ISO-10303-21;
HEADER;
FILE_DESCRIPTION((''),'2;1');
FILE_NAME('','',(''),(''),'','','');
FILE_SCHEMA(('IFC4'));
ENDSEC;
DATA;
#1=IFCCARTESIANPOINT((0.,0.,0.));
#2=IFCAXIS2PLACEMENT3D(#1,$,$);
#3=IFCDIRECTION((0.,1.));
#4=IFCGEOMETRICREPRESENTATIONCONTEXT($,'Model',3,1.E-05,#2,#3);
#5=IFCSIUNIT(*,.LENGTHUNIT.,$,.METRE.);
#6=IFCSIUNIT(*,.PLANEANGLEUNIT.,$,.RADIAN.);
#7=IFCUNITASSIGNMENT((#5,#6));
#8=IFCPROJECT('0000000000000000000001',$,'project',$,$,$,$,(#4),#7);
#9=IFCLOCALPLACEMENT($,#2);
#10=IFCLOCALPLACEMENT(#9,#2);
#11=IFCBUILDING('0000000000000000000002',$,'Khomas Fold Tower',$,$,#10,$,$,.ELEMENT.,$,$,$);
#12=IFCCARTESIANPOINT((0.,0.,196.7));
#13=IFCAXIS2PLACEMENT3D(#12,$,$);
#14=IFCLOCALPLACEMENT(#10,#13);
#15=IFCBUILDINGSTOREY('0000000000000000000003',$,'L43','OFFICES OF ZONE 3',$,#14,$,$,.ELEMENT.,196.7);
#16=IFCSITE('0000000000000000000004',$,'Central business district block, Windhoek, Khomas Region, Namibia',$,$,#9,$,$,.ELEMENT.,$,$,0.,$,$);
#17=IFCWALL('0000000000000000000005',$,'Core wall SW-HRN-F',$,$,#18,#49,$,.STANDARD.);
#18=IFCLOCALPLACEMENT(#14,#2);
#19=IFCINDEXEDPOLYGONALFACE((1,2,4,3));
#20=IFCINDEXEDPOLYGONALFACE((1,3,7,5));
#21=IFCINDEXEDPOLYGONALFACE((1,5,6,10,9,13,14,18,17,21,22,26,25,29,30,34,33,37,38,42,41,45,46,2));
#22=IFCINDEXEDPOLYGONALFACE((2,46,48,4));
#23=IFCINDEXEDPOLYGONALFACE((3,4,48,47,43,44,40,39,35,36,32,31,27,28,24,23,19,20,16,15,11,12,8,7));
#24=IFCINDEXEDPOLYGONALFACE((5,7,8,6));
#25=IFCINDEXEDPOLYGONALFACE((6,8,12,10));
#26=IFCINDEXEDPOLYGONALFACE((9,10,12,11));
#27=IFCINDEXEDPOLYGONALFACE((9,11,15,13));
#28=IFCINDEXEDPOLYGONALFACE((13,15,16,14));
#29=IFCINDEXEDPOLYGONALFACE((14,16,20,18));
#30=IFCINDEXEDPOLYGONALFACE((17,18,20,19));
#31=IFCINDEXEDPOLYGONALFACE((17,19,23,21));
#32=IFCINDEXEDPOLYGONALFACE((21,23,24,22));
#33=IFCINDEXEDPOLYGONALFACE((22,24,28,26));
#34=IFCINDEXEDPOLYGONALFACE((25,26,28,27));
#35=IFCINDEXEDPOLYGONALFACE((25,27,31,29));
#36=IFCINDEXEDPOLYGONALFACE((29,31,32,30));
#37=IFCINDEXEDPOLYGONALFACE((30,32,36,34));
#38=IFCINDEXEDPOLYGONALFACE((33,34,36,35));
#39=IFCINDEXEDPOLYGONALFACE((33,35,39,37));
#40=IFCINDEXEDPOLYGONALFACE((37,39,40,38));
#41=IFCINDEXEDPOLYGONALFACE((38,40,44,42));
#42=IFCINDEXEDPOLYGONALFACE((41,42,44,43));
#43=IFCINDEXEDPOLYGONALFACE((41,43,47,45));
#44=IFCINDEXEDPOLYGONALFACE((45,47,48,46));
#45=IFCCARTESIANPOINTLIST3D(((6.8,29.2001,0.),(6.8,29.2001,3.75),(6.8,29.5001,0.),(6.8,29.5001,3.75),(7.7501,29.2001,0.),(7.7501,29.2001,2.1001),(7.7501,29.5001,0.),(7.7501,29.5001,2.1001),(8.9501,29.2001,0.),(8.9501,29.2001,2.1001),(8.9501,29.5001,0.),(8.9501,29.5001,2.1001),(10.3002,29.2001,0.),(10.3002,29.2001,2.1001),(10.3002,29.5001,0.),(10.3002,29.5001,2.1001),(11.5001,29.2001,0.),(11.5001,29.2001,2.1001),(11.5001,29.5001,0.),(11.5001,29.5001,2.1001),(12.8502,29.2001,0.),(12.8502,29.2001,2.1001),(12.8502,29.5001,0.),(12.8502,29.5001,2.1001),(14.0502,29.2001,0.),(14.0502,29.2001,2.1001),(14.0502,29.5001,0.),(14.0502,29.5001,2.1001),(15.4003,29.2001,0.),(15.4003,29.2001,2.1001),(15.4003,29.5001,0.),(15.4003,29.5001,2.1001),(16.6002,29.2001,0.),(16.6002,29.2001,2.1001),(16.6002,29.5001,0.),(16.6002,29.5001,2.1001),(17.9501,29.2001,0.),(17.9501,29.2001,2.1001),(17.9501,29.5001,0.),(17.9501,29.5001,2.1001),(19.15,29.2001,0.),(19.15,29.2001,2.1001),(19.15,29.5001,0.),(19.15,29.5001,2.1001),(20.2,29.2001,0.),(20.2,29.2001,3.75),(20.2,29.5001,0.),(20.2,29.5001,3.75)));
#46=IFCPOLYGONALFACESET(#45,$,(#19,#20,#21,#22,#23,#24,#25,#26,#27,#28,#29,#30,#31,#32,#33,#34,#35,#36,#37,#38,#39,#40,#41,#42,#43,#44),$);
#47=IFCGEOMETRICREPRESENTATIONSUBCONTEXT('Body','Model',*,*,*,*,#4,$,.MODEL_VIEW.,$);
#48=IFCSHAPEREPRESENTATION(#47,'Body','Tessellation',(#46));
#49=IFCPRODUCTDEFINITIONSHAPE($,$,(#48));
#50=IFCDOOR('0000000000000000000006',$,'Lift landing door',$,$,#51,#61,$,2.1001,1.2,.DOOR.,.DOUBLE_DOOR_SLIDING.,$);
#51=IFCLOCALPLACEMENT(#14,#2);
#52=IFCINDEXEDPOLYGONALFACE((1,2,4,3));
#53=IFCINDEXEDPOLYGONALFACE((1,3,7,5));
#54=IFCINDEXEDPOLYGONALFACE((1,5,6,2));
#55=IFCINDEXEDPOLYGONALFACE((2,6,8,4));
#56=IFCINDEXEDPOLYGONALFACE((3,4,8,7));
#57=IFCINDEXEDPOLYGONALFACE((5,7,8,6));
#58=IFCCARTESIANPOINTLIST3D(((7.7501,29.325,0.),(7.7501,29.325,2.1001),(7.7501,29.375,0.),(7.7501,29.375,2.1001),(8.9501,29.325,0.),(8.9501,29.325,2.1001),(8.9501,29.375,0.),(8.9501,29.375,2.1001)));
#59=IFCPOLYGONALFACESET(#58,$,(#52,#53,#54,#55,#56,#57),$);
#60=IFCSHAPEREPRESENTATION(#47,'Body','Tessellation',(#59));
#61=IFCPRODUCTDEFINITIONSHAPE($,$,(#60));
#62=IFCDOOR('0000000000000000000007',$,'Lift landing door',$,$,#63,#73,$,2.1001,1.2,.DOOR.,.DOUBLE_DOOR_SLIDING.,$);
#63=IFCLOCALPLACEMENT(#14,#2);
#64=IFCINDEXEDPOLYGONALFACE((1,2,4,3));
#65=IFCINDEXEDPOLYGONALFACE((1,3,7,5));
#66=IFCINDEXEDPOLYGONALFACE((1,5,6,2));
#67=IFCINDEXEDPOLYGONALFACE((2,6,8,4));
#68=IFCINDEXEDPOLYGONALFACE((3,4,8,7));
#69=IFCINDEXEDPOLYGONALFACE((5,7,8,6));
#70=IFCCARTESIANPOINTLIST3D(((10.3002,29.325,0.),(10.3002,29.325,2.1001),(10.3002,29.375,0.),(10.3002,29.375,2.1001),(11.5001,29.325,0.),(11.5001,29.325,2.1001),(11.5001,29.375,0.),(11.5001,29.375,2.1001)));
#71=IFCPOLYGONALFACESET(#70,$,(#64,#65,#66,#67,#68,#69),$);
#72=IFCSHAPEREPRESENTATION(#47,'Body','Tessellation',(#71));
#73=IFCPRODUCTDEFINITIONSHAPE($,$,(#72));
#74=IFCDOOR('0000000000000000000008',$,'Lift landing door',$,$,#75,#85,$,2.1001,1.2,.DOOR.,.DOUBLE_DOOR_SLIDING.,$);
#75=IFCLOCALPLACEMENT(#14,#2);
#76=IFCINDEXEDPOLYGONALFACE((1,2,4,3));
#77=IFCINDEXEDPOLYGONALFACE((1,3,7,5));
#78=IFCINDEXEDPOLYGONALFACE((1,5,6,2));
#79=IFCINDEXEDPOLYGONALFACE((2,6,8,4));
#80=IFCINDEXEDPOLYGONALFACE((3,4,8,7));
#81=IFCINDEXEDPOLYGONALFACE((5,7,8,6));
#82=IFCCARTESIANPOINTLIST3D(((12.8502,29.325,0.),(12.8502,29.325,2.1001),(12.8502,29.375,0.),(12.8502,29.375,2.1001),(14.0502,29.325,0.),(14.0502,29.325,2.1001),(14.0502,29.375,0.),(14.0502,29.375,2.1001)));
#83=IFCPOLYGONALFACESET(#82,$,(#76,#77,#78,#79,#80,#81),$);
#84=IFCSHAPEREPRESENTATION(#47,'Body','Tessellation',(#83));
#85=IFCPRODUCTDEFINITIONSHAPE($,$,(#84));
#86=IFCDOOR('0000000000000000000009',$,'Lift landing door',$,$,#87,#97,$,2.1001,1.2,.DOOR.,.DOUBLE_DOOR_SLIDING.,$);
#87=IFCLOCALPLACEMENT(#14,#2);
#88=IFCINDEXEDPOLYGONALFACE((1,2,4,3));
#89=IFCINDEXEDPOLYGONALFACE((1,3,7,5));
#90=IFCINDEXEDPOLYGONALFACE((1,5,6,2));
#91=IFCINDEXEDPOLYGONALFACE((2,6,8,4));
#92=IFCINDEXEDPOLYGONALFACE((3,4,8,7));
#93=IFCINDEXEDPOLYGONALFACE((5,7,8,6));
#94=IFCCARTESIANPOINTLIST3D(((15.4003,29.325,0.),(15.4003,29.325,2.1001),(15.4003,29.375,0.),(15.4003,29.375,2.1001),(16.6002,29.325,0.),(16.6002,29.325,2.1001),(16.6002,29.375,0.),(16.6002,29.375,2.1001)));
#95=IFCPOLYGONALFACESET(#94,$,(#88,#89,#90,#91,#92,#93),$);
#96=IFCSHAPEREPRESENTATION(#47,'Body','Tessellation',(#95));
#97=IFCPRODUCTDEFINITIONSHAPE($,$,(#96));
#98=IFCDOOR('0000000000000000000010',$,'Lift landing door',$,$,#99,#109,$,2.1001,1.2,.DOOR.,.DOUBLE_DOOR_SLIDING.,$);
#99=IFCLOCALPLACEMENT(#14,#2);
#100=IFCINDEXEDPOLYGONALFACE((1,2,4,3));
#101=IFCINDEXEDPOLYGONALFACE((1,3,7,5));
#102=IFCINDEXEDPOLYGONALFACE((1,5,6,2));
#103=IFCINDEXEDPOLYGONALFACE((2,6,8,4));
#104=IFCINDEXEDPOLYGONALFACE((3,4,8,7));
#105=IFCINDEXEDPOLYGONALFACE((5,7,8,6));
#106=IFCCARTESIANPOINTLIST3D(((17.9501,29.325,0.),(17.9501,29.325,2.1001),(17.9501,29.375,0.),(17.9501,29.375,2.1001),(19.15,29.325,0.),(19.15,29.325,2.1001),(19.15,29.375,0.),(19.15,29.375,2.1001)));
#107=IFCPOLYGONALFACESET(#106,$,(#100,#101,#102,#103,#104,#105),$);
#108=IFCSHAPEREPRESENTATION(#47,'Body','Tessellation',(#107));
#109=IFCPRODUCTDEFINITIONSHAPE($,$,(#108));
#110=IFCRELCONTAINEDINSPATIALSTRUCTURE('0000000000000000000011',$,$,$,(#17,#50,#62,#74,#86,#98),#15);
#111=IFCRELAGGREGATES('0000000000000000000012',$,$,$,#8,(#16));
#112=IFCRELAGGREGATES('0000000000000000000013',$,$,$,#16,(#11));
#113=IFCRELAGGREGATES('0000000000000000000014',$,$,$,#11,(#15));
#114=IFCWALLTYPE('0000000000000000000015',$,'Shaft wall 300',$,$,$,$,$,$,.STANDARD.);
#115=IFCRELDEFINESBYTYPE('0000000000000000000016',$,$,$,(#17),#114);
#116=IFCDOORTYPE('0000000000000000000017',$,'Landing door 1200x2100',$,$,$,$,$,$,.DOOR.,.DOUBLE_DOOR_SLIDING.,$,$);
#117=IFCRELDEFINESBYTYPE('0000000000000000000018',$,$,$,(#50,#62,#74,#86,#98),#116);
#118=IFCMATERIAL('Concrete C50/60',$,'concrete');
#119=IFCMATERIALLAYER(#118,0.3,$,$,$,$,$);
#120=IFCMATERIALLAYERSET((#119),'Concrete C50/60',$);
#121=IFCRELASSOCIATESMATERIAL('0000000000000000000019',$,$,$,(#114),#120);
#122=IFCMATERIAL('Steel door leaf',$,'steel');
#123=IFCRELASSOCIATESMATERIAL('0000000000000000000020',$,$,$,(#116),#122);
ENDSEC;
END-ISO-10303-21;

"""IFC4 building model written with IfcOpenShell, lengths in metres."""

from ifc_helpers import new_model, si_unit, direction, frame, frame_2d, origin, place, context, subcontext, project, spatial, rectangle, extrude, source, transform, mapped, material, layer, layer_set, type_object, element, fill, save


model = new_model("IFC4")

# Units and contexts
model_context = context("Model", 3, precision=1e-05, world=origin(), true_north=direction((0.0, 1.0)))
body_context = subcontext(model_context, "Body", "Model", "MODEL_VIEW")
ifc_project = project(units=[si_unit("LENGTHUNIT", "METRE"), si_unit("PLANEANGLEUNIT", "RADIAN")], contexts=[model_context])

# Site, building, storey
site_placement = place(None, origin())
site = spatial("IfcSite", under=ifc_project, at=site_placement, Name="Central business district block, Windhoek, Khomas Region, Namibia", CompositionType="ELEMENT", RefElevation=0.0)
building_placement = place(site_placement, origin())
building = spatial("IfcBuilding", under=site, at=building_placement, Name="Khomas Fold Tower", CompositionType="ELEMENT")
storey_placement = place(building_placement, frame((0.0, 0.0, 196.7)))
storey = spatial("IfcBuildingStorey", under=building, at=storey_placement, Name="L43", Description="OFFICES OF ZONE 3", CompositionType="ELEMENT", Elevation=196.7)

# Wall, openings, doors
ifc_material_1 = material(Name="Concrete C50/60", Category="concrete")
ifc_layer_1 = layer(ifc_material_1, 0.3)
ifc_layer_set_1 = layer_set([ifc_layer_1], Name="Concrete C50/60")
wall_type_1 = type_object("IfcWallType", Name="Shaft wall 300", PredefinedType="STANDARD", material=ifc_layer_set_1)
shared_shape_1 = source(origin(), body_context, "Body", "SweptSolid", [
    extrude(rectangle(XDim=13.3999, YDim=0.3, at=frame_2d((6.7, 0.0))), origin(), (0.0, 0.0, 1.0), 3.75),
])
wall_1_placement = place(storey_placement, frame((6.8, 29.3501, 0.0), z_axis=(0.0, 0.0, 1.0), x_axis=(1.0, 0.0, 0.0)))
wall_1 = element("IfcWall", 1, at=wall_1_placement, inside=storey, type_object=wall_type_1, Name="Core wall SW-HRN-F", PredefinedType="STANDARD", context=body_context, shape_type="MappedRepresentation", body=[
    mapped(shared_shape_1, transform((0.0, 0.0, 0.0))),
])
shared_shape_2 = source(origin(), body_context, "Body", "SweptSolid", [
    extrude(rectangle(XDim=1.2, YDim=2.1001, at=frame_2d((0.6001, 1.05))), frame((0.0, 0.1599, 0.0), z_axis=(0.0, -1.0, 0.0), x_axis=(1.0, 0.0, 0.0)), (0.0, 0.0, 1.0), 0.3201),
])
opening_1_placement = place(wall_1_placement, frame((0.95, 0.0, 0.0)))
opening_1 = element("IfcOpeningElement", 2, at=opening_1_placement, cuts=wall_1, PredefinedType="OPENING", context=body_context, shape_type="MappedRepresentation", body=[
    mapped(shared_shape_2, transform((0.0, 0.0, 0.0))),
])
opening_2_placement = place(wall_1_placement, frame((3.5, 0.0, 0.0)))
opening_2 = element("IfcOpeningElement", 3, at=opening_2_placement, cuts=wall_1, PredefinedType="OPENING", context=body_context, shape_type="MappedRepresentation", body=[
    mapped(shared_shape_2, transform((0.0, 0.0, 0.0))),
])
opening_3_placement = place(wall_1_placement, frame((6.05, 0.0, 0.0)))
opening_3 = element("IfcOpeningElement", 4, at=opening_3_placement, cuts=wall_1, PredefinedType="OPENING", context=body_context, shape_type="MappedRepresentation", body=[
    mapped(shared_shape_2, transform((0.0, 0.0, 0.0))),
])
opening_4_placement = place(wall_1_placement, frame((8.6001, 0.0, 0.0)))
opening_4 = element("IfcOpeningElement", 5, at=opening_4_placement, cuts=wall_1, PredefinedType="OPENING", context=body_context, shape_type="MappedRepresentation", body=[
    mapped(shared_shape_2, transform((0.0, 0.0, 0.0))),
])
opening_5_placement = place(wall_1_placement, frame((11.1499, 0.0, 0.0)))
opening_5 = element("IfcOpeningElement", 6, at=opening_5_placement, cuts=wall_1, PredefinedType="OPENING", context=body_context, shape_type="MappedRepresentation", body=[
    mapped(shared_shape_2, transform((0.0, 0.0, 0.0))),
])
ifc_material_2 = material(Name="Steel door leaf", Category="steel")
door_type = type_object("IfcDoorType", Name="Landing door 1200x2100", OperationType="DOUBLE_DOOR_SLIDING", PredefinedType="DOOR", material=ifc_material_2)
shared_shape_3 = source(origin(), body_context, "Body", "SweptSolid", [
    extrude(rectangle(XDim=1.2, YDim=2.1001, at=frame_2d((0.6001, 1.05))), frame((0.0, 0.0249, 0.0), z_axis=(0.0, -1.0, 0.0), x_axis=(1.0, 0.0, 0.0)), (0.0, 0.0, 1.0), 0.05),
])
door_1_placement = place(opening_1_placement, origin())
door_1 = element("IfcDoor", 7, at=door_1_placement, inside=storey, type_object=door_type, Name="Lift landing door", OperationType="DOUBLE_DOOR_SLIDING", OverallHeight=2.1001, OverallWidth=1.2, PredefinedType="DOOR", context=body_context, shape_type="MappedRepresentation", body=[
    mapped(shared_shape_3, transform((0.0, 0.0, 0.0))),
])
fill(opening_1, door_1)
door_2_placement = place(opening_2_placement, origin())
door_2 = element("IfcDoor", 8, at=door_2_placement, inside=storey, type_object=door_type, Name="Lift landing door", OperationType="DOUBLE_DOOR_SLIDING", OverallHeight=2.1001, OverallWidth=1.2, PredefinedType="DOOR", context=body_context, shape_type="MappedRepresentation", body=[
    mapped(shared_shape_3, transform((0.0, 0.0, 0.0))),
])
fill(opening_2, door_2)
door_3_placement = place(opening_3_placement, origin())
door_3 = element("IfcDoor", 9, at=door_3_placement, inside=storey, type_object=door_type, Name="Lift landing door", OperationType="DOUBLE_DOOR_SLIDING", OverallHeight=2.1001, OverallWidth=1.2, PredefinedType="DOOR", context=body_context, shape_type="MappedRepresentation", body=[
    mapped(shared_shape_3, transform((0.0, 0.0, 0.0))),
])
fill(opening_3, door_3)
door_4_placement = place(opening_4_placement, origin())
door_4 = element("IfcDoor", 10, at=door_4_placement, inside=storey, type_object=door_type, Name="Lift landing door", OperationType="DOUBLE_DOOR_SLIDING", OverallHeight=2.1001, OverallWidth=1.2, PredefinedType="DOOR", context=body_context, shape_type="MappedRepresentation", body=[
    mapped(shared_shape_3, transform((0.0, 0.0, 0.0))),
])
fill(opening_4, door_4)
door_5_placement = place(opening_5_placement, origin())
door_5 = element("IfcDoor", 11, at=door_5_placement, inside=storey, type_object=door_type, Name="Lift landing door", OperationType="DOUBLE_DOOR_SLIDING", OverallHeight=2.1001, OverallWidth=1.2, PredefinedType="DOOR", context=body_context, shape_type="MappedRepresentation", body=[
    mapped(shared_shape_3, transform((0.0, 0.0, 0.0))),
])
fill(opening_5, door_5)

save(model, "model.ifc")
